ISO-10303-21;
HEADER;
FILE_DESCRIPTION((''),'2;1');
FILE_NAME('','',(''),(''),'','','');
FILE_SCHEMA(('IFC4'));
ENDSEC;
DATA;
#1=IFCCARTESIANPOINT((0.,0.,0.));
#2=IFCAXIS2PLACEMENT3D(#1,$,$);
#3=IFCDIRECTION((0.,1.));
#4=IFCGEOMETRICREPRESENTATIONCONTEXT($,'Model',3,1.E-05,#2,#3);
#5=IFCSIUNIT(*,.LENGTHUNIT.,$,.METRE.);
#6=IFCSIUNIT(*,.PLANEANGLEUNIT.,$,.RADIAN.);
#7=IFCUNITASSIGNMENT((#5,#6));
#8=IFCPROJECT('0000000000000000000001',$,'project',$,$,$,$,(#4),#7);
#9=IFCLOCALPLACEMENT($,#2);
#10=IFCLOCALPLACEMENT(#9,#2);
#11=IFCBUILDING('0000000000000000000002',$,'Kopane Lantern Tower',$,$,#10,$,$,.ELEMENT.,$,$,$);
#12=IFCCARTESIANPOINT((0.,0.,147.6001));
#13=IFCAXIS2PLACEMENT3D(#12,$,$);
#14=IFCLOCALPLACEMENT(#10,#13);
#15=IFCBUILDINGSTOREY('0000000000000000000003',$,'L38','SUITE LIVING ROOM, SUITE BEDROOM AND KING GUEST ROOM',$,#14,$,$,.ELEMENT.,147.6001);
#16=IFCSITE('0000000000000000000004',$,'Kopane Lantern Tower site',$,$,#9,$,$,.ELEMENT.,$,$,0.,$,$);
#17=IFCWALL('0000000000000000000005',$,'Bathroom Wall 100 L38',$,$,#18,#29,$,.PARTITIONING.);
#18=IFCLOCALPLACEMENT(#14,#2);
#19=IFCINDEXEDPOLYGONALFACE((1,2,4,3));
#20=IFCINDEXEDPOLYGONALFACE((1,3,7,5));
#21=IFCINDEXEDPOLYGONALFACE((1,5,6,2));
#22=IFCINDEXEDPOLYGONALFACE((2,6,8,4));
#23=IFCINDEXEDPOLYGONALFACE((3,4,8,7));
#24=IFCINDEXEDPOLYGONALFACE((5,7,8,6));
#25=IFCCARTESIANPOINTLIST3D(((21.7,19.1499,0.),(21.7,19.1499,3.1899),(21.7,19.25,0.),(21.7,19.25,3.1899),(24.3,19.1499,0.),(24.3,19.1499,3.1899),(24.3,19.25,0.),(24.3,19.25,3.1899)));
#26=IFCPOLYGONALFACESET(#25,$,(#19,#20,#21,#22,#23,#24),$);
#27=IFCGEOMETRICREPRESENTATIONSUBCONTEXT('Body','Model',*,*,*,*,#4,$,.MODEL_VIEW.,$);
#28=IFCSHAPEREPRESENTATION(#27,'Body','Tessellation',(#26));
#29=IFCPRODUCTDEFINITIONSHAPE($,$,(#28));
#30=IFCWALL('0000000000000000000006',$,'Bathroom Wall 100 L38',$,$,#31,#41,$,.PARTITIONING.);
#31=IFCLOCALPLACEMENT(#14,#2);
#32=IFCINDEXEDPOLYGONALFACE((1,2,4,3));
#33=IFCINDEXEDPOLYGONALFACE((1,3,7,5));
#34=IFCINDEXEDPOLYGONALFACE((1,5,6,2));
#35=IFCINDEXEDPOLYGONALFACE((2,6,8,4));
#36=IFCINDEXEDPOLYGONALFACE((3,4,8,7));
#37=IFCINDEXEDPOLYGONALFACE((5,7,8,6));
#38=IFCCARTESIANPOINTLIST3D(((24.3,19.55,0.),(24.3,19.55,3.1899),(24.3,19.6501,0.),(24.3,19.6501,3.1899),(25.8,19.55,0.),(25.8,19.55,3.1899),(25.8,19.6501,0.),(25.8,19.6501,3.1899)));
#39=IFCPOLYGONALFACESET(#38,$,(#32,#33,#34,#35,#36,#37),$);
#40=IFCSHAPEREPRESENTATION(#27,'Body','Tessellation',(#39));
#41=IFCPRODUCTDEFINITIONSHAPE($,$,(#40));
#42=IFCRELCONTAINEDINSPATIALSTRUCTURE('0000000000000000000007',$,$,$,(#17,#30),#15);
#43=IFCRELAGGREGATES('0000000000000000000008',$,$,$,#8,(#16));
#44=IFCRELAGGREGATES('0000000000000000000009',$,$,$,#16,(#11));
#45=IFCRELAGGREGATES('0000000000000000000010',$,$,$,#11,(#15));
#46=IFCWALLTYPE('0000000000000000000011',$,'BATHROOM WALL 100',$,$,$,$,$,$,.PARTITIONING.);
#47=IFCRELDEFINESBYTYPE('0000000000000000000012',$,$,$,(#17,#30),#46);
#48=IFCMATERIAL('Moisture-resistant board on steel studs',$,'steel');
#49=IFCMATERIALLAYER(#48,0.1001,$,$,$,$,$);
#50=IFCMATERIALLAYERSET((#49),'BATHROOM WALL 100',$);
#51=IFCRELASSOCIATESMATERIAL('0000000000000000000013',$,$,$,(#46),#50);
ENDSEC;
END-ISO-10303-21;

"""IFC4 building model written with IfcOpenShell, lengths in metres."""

from ifc_helpers import new_model, si_unit, direction, frame, frame_2d, origin, place, context, subcontext, project, spatial, rectangle, extrude, material, layer, layer_set, type_object, element, save


model = new_model("IFC4")

# Units and contexts
model_context = context("Model", 3, precision=1e-05, world=origin(), true_north=direction((0.0, 1.0)))
body_context = subcontext(model_context, "Body", "Model", "MODEL_VIEW")
ifc_project = project(units=[si_unit("LENGTHUNIT", "METRE"), si_unit("PLANEANGLEUNIT", "RADIAN")], contexts=[model_context])

# Site, building, storey
site_placement = place(None, origin())
site = spatial("IfcSite", under=ifc_project, at=site_placement, Name="Kopane Lantern Tower site", CompositionType="ELEMENT", RefElevation=0.0)
building_placement = place(site_placement, origin())
building = spatial("IfcBuilding", under=site, at=building_placement, Name="Kopane Lantern Tower", CompositionType="ELEMENT")
storey_placement = place(building_placement, frame((0.0, 0.0, 147.6001)))
storey = spatial("IfcBuildingStorey", under=building, at=storey_placement, Name="L38", Description="SUITE LIVING ROOM, SUITE BEDROOM AND KING GUEST ROOM", CompositionType="ELEMENT", Elevation=147.6001)

# Walls
ifc_material_1 = material(Name="Moisture-resistant board on steel studs", Category="steel")
ifc_layer_1 = layer(ifc_material_1, 0.1001)
ifc_layer_set_1 = layer_set([ifc_layer_1], Name="BATHROOM WALL 100")
wall_type_1 = type_object("IfcWallType", Name="BATHROOM WALL 100", PredefinedType="PARTITIONING", material=ifc_layer_set_1)
wall_1_placement = place(storey_placement, frame((21.7, 19.2, 0.0), z_axis=(0.0, 0.0, 1.0), x_axis=(1.0, 0.0, 0.0)))
element("IfcWall", 1, at=wall_1_placement, inside=storey, type_object=wall_type_1, Name="Bathroom Wall 100 L38", PredefinedType="PARTITIONING", context=body_context, shape_type="SweptSolid", body=[
    extrude(rectangle(XDim=2.6001, YDim=0.1001, at=frame_2d((1.3, 0.0))), origin(), (0.0, 0.0, 1.0), 3.1899),
])
wall_2_placement = place(storey_placement, frame((24.3, 19.6001, 0.0), z_axis=(0.0, 0.0, 1.0), x_axis=(1.0, 0.0, 0.0)))
element("IfcWall", 2, at=wall_2_placement, inside=storey, type_object=wall_type_1, Name="Bathroom Wall 100 L38", PredefinedType="PARTITIONING", context=body_context, shape_type="SweptSolid", body=[
    extrude(rectangle(XDim=1.5, YDim=0.1001, at=frame_2d((0.75, 0.0))), origin(), (0.0, 0.0, 1.0), 3.1899),
])

save(model, "model.ifc")
